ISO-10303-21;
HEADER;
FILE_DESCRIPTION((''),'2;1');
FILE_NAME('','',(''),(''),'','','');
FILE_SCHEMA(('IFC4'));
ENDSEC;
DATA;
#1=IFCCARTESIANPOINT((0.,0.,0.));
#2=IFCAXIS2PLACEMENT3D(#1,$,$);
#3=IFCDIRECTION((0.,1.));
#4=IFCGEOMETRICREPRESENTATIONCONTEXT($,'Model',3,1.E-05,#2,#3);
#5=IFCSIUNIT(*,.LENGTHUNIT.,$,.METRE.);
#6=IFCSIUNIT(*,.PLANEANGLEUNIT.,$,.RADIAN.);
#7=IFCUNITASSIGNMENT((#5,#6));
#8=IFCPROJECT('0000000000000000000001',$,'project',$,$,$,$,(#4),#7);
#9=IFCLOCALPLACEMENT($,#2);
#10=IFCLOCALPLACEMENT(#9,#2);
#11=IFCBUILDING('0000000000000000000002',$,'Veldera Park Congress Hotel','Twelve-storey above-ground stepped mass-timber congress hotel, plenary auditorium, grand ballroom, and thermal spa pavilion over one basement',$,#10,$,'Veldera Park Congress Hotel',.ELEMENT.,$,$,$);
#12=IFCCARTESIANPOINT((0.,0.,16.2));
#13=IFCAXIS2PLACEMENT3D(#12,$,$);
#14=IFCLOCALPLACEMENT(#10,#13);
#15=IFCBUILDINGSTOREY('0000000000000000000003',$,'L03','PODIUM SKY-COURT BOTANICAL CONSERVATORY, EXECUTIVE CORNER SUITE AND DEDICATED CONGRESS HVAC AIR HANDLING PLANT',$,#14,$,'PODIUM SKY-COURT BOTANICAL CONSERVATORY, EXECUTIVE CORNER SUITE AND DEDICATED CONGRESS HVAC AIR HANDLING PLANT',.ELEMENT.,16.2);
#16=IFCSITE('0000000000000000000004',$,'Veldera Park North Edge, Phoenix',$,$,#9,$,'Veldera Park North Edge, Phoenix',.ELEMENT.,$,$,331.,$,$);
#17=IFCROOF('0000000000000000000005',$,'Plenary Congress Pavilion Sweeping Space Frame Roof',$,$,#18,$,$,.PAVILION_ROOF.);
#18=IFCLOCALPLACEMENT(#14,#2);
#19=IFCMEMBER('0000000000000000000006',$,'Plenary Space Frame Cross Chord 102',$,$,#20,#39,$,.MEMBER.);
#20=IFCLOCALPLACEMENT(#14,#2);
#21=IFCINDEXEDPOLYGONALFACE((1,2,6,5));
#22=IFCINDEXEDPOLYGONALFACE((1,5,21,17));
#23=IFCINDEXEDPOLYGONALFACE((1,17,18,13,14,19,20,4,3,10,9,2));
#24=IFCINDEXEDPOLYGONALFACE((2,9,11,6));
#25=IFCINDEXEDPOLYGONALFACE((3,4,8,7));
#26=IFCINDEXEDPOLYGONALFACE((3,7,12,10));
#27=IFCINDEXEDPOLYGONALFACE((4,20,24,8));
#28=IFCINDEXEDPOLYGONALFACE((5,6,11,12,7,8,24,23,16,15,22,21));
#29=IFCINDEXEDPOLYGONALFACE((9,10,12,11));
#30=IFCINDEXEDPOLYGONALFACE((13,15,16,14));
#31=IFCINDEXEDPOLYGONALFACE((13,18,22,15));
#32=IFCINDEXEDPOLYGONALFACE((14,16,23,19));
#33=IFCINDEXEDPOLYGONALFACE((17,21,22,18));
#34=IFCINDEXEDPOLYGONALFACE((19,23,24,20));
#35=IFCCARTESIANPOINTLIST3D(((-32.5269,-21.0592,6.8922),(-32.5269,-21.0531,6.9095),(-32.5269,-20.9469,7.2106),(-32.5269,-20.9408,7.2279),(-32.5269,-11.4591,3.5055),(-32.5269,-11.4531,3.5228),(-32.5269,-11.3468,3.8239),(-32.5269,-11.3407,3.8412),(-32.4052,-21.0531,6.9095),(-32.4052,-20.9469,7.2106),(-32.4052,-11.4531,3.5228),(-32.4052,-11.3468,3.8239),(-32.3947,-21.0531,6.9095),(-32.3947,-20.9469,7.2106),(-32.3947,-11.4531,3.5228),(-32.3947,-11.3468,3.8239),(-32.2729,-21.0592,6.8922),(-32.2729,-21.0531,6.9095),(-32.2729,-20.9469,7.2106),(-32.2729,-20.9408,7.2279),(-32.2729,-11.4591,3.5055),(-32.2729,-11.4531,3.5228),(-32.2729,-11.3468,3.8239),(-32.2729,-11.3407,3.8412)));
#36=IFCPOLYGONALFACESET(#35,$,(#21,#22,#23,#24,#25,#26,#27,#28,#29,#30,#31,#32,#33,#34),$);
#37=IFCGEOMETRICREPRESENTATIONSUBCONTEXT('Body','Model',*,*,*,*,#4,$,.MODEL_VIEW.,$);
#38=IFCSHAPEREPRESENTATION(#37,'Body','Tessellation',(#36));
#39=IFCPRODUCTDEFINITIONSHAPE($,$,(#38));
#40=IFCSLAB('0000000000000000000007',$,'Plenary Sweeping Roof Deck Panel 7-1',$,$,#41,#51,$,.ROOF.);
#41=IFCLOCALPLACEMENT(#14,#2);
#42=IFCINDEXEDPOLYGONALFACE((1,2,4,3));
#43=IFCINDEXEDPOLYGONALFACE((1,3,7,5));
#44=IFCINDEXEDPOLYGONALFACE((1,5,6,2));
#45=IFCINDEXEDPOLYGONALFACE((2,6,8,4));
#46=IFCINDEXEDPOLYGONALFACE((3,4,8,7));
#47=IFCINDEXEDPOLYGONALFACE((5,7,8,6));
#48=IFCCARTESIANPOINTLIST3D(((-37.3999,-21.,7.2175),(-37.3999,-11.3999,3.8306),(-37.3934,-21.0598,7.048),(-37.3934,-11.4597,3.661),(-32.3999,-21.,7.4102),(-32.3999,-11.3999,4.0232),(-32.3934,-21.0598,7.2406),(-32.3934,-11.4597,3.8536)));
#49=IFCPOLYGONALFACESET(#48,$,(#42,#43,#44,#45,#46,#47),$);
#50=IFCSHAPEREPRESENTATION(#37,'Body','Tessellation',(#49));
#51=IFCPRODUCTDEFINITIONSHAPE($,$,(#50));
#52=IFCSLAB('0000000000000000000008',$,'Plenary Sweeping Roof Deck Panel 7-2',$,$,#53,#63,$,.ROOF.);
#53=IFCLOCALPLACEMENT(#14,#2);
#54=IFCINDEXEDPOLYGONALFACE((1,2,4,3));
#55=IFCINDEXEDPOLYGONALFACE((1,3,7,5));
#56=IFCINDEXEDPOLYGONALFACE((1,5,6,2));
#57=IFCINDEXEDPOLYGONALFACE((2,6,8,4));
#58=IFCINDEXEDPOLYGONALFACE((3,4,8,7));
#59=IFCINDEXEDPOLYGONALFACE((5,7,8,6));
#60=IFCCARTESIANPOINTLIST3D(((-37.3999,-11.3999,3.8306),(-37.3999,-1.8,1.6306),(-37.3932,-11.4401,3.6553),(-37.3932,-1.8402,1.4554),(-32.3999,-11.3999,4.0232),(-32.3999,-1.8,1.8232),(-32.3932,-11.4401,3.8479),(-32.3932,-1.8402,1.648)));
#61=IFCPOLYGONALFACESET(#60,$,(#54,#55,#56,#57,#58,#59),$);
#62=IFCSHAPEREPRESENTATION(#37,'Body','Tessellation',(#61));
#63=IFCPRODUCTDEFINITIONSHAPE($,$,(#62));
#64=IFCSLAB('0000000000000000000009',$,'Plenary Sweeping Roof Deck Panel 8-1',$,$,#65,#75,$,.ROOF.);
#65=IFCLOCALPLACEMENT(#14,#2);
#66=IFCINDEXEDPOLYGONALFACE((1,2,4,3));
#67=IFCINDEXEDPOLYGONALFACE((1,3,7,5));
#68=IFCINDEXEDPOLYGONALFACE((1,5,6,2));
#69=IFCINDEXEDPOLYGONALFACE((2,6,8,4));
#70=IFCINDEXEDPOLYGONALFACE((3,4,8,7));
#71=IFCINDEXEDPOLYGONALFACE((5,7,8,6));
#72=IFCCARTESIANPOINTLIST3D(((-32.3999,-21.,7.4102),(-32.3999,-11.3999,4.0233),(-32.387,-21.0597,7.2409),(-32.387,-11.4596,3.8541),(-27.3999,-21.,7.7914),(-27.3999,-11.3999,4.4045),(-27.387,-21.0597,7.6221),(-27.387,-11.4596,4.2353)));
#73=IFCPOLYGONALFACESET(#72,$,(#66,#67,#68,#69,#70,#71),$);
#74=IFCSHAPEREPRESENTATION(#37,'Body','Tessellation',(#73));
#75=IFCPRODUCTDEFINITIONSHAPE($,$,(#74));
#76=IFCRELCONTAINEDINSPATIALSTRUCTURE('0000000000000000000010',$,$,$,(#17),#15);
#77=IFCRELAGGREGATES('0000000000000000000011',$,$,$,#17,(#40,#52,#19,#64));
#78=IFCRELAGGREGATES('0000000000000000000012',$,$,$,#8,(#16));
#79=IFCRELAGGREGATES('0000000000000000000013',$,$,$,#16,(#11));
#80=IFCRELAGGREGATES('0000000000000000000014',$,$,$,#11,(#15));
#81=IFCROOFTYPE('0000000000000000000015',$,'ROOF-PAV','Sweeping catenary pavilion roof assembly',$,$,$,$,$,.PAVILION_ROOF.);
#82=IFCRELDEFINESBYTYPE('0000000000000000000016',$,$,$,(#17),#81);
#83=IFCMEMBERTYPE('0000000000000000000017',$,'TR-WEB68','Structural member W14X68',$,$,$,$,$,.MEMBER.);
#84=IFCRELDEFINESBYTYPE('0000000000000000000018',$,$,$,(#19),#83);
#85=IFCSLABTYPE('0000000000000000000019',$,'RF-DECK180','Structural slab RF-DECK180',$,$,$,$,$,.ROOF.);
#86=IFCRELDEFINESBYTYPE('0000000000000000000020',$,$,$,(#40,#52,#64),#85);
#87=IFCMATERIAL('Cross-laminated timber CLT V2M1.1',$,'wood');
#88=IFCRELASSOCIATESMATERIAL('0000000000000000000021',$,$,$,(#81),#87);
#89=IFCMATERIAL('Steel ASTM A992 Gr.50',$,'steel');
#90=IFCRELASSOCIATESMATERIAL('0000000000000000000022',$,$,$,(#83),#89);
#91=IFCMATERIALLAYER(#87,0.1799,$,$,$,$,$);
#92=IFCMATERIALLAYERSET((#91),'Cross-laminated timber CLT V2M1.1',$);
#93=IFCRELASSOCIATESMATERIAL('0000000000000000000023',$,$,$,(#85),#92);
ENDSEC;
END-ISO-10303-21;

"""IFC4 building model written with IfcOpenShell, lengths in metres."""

from ifc_helpers import new_model, si_unit, direction, frame, origin, origin_2d, place, context, subcontext, project, spatial, polyline, i_section, outline, extrude, material, layer, layer_set, material_profile, profile_set, type_object, element, aggregate, save


model = new_model("IFC4")

# Units and contexts
model_context = context("Model", 3, precision=1e-05, world=origin(), true_north=direction((0.0, 1.0)))
body_context = subcontext(model_context, "Body", "Model", "MODEL_VIEW")
ifc_project = project(units=[si_unit("LENGTHUNIT", "METRE"), si_unit("PLANEANGLEUNIT", "RADIAN")], contexts=[model_context])

# Site, building, storey
site_placement = place(None, origin())
site = spatial("IfcSite", under=ifc_project, at=site_placement, Name="Veldera Park North Edge, Phoenix", LongName="Veldera Park North Edge, Phoenix", CompositionType="ELEMENT", RefElevation=331.0)
building_placement = place(site_placement, origin())
building = spatial("IfcBuilding", under=site, at=building_placement, Name="Veldera Park Congress Hotel", Description="Twelve-storey above-ground stepped mass-timber congress hotel, plenary auditorium, grand ballroom, and thermal spa pavilion over one basement", LongName="Veldera Park Congress Hotel", CompositionType="ELEMENT")
storey_placement = place(building_placement, frame((0.0, 0.0, 16.2)))
storey = spatial("IfcBuildingStorey", under=building, at=storey_placement, Name="L03", Description="PODIUM SKY-COURT BOTANICAL CONSERVATORY, EXECUTIVE CORNER SUITE AND DEDICATED CONGRESS HVAC AIR HANDLING PLANT", LongName="PODIUM SKY-COURT BOTANICAL CONSERVATORY, EXECUTIVE CORNER SUITE AND DEDICATED CONGRESS HVAC AIR HANDLING PLANT", CompositionType="ELEMENT", Elevation=16.2)

# Shared definitions
ifc_material_1 = material(Name="Steel ASTM A992 Gr.50", Category="steel")

# Roof, member, slabs
ifc_material_2 = material(Name="Cross-laminated timber CLT V2M1.1", Category="wood")
roof_type = type_object("IfcRoofType", Name="ROOF-PAV", Description="Sweeping catenary pavilion roof assembly", PredefinedType="PAVILION_ROOF", material=ifc_material_2)
roof_placement = place(storey_placement, origin())
roof = element("IfcRoof", 1, at=roof_placement, inside=storey, type_object=roof_type, Name="Plenary Congress Pavilion Sweeping Space Frame Roof", PredefinedType="PAVILION_ROOF")
ifc_material_profile_1 = material_profile(ifc_material_1, i_section(OverallWidth=0.2539, OverallDepth=0.356, WebThickness=0.0105, FlangeThickness=0.0183, at=origin_2d()), Name="W14X68")
ifc_profile_set_1 = profile_set([ifc_material_profile_1], Name="Steel ASTM A992 Gr.50")
member_type_1 = type_object("IfcMemberType", Name="TR-WEB68", Description="Structural member W14X68", PredefinedType="MEMBER", material=ifc_profile_set_1)
member_1_placement = place(storey_placement, frame((-32.3999, -21.0, 7.0601), z_axis=(0.0, 0.943038, -0.332685), x_axis=(-1.0, 0.0, 0.0)))
member_1 = element("IfcMember", 2, at=member_1_placement, type_object=member_type_1, Name="Plenary Space Frame Cross Chord 102", PredefinedType="MEMBER", context=body_context, shape_type="SweptSolid", body=[
    extrude(i_section(OverallWidth=0.2539, OverallDepth=0.356, WebThickness=0.0105, FlangeThickness=0.0183, at=origin_2d()), origin(), (0.0, 0.0, 1.0), 10.1799),
])
ifc_layer = layer(ifc_material_2, 0.1799)
ifc_layer_set = layer_set([ifc_layer], Name="Cross-laminated timber CLT V2M1.1")
slab_type = type_object("IfcSlabType", Name="RF-DECK180", Description="Structural slab RF-DECK180", PredefinedType="ROOF", material=ifc_layer_set)
slab_1_placement = place(storey_placement, frame((-37.3999, -21.0, 7.2175), z_axis=(-0.036307, 0.332487, 0.942409), x_axis=(0.999259, 0.0, 0.038497)))
slab_1 = element("IfcSlab", 3, at=slab_1_placement, type_object=slab_type, Name="Plenary Sweeping Roof Deck Panel 7-1", PredefinedType="ROOF", context=body_context, shape_type="SweptSolid", body=[
    extrude(outline(polyline([(0.0, 0.0), (5.0037, 0.0), (4.8733, 10.1792), (-0.1304, 10.1792), (0.0, 0.0)])), origin(), (0.0, 0.0, -1.0), 0.1799),
])
slab_2_placement = place(storey_placement, frame((-37.3999, -11.3999, 3.8306), z_axis=(-0.037526, 0.223217, 0.974046), x_axis=(0.999259, 0.0, 0.038497)))
slab_2 = element("IfcSlab", 4, at=slab_2_placement, type_object=slab_type, Name="Plenary Sweeping Roof Deck Panel 7-2", PredefinedType="ROOF", context=body_context, shape_type="SweptSolid", body=[
    extrude(outline(polyline([(0.0, 0.0), (5.0037, 0.0), (4.919, 9.8483), (-0.0847, 9.8483), (0.0, 0.0)])), origin(), (0.0, 0.0, -1.0), 0.1799),
])
slab_3_placement = place(storey_placement, frame((-32.3999, -21.0, 7.4102), z_axis=(-0.071717, 0.331839, 0.940606), x_axis=(0.997106, 0.000008, 0.076022)))
slab_3 = element("IfcSlab", 5, at=slab_3_placement, type_object=slab_type, Name="Plenary Sweeping Roof Deck Panel 8-1", PredefinedType="ROOF", context=body_context, shape_type="SweptSolid", body=[
    extrude(outline(polyline([(0.0, 0.0), (5.0145, 0.0), (4.7571, 10.1767), (-0.2574, 10.1768), (0.0, 0.0)])), origin(), (0.0, 0.0, -1.0), 0.1799),
])
aggregate(roof, [slab_1, slab_2, member_1, slab_3])

save(model, "model.ifc")
